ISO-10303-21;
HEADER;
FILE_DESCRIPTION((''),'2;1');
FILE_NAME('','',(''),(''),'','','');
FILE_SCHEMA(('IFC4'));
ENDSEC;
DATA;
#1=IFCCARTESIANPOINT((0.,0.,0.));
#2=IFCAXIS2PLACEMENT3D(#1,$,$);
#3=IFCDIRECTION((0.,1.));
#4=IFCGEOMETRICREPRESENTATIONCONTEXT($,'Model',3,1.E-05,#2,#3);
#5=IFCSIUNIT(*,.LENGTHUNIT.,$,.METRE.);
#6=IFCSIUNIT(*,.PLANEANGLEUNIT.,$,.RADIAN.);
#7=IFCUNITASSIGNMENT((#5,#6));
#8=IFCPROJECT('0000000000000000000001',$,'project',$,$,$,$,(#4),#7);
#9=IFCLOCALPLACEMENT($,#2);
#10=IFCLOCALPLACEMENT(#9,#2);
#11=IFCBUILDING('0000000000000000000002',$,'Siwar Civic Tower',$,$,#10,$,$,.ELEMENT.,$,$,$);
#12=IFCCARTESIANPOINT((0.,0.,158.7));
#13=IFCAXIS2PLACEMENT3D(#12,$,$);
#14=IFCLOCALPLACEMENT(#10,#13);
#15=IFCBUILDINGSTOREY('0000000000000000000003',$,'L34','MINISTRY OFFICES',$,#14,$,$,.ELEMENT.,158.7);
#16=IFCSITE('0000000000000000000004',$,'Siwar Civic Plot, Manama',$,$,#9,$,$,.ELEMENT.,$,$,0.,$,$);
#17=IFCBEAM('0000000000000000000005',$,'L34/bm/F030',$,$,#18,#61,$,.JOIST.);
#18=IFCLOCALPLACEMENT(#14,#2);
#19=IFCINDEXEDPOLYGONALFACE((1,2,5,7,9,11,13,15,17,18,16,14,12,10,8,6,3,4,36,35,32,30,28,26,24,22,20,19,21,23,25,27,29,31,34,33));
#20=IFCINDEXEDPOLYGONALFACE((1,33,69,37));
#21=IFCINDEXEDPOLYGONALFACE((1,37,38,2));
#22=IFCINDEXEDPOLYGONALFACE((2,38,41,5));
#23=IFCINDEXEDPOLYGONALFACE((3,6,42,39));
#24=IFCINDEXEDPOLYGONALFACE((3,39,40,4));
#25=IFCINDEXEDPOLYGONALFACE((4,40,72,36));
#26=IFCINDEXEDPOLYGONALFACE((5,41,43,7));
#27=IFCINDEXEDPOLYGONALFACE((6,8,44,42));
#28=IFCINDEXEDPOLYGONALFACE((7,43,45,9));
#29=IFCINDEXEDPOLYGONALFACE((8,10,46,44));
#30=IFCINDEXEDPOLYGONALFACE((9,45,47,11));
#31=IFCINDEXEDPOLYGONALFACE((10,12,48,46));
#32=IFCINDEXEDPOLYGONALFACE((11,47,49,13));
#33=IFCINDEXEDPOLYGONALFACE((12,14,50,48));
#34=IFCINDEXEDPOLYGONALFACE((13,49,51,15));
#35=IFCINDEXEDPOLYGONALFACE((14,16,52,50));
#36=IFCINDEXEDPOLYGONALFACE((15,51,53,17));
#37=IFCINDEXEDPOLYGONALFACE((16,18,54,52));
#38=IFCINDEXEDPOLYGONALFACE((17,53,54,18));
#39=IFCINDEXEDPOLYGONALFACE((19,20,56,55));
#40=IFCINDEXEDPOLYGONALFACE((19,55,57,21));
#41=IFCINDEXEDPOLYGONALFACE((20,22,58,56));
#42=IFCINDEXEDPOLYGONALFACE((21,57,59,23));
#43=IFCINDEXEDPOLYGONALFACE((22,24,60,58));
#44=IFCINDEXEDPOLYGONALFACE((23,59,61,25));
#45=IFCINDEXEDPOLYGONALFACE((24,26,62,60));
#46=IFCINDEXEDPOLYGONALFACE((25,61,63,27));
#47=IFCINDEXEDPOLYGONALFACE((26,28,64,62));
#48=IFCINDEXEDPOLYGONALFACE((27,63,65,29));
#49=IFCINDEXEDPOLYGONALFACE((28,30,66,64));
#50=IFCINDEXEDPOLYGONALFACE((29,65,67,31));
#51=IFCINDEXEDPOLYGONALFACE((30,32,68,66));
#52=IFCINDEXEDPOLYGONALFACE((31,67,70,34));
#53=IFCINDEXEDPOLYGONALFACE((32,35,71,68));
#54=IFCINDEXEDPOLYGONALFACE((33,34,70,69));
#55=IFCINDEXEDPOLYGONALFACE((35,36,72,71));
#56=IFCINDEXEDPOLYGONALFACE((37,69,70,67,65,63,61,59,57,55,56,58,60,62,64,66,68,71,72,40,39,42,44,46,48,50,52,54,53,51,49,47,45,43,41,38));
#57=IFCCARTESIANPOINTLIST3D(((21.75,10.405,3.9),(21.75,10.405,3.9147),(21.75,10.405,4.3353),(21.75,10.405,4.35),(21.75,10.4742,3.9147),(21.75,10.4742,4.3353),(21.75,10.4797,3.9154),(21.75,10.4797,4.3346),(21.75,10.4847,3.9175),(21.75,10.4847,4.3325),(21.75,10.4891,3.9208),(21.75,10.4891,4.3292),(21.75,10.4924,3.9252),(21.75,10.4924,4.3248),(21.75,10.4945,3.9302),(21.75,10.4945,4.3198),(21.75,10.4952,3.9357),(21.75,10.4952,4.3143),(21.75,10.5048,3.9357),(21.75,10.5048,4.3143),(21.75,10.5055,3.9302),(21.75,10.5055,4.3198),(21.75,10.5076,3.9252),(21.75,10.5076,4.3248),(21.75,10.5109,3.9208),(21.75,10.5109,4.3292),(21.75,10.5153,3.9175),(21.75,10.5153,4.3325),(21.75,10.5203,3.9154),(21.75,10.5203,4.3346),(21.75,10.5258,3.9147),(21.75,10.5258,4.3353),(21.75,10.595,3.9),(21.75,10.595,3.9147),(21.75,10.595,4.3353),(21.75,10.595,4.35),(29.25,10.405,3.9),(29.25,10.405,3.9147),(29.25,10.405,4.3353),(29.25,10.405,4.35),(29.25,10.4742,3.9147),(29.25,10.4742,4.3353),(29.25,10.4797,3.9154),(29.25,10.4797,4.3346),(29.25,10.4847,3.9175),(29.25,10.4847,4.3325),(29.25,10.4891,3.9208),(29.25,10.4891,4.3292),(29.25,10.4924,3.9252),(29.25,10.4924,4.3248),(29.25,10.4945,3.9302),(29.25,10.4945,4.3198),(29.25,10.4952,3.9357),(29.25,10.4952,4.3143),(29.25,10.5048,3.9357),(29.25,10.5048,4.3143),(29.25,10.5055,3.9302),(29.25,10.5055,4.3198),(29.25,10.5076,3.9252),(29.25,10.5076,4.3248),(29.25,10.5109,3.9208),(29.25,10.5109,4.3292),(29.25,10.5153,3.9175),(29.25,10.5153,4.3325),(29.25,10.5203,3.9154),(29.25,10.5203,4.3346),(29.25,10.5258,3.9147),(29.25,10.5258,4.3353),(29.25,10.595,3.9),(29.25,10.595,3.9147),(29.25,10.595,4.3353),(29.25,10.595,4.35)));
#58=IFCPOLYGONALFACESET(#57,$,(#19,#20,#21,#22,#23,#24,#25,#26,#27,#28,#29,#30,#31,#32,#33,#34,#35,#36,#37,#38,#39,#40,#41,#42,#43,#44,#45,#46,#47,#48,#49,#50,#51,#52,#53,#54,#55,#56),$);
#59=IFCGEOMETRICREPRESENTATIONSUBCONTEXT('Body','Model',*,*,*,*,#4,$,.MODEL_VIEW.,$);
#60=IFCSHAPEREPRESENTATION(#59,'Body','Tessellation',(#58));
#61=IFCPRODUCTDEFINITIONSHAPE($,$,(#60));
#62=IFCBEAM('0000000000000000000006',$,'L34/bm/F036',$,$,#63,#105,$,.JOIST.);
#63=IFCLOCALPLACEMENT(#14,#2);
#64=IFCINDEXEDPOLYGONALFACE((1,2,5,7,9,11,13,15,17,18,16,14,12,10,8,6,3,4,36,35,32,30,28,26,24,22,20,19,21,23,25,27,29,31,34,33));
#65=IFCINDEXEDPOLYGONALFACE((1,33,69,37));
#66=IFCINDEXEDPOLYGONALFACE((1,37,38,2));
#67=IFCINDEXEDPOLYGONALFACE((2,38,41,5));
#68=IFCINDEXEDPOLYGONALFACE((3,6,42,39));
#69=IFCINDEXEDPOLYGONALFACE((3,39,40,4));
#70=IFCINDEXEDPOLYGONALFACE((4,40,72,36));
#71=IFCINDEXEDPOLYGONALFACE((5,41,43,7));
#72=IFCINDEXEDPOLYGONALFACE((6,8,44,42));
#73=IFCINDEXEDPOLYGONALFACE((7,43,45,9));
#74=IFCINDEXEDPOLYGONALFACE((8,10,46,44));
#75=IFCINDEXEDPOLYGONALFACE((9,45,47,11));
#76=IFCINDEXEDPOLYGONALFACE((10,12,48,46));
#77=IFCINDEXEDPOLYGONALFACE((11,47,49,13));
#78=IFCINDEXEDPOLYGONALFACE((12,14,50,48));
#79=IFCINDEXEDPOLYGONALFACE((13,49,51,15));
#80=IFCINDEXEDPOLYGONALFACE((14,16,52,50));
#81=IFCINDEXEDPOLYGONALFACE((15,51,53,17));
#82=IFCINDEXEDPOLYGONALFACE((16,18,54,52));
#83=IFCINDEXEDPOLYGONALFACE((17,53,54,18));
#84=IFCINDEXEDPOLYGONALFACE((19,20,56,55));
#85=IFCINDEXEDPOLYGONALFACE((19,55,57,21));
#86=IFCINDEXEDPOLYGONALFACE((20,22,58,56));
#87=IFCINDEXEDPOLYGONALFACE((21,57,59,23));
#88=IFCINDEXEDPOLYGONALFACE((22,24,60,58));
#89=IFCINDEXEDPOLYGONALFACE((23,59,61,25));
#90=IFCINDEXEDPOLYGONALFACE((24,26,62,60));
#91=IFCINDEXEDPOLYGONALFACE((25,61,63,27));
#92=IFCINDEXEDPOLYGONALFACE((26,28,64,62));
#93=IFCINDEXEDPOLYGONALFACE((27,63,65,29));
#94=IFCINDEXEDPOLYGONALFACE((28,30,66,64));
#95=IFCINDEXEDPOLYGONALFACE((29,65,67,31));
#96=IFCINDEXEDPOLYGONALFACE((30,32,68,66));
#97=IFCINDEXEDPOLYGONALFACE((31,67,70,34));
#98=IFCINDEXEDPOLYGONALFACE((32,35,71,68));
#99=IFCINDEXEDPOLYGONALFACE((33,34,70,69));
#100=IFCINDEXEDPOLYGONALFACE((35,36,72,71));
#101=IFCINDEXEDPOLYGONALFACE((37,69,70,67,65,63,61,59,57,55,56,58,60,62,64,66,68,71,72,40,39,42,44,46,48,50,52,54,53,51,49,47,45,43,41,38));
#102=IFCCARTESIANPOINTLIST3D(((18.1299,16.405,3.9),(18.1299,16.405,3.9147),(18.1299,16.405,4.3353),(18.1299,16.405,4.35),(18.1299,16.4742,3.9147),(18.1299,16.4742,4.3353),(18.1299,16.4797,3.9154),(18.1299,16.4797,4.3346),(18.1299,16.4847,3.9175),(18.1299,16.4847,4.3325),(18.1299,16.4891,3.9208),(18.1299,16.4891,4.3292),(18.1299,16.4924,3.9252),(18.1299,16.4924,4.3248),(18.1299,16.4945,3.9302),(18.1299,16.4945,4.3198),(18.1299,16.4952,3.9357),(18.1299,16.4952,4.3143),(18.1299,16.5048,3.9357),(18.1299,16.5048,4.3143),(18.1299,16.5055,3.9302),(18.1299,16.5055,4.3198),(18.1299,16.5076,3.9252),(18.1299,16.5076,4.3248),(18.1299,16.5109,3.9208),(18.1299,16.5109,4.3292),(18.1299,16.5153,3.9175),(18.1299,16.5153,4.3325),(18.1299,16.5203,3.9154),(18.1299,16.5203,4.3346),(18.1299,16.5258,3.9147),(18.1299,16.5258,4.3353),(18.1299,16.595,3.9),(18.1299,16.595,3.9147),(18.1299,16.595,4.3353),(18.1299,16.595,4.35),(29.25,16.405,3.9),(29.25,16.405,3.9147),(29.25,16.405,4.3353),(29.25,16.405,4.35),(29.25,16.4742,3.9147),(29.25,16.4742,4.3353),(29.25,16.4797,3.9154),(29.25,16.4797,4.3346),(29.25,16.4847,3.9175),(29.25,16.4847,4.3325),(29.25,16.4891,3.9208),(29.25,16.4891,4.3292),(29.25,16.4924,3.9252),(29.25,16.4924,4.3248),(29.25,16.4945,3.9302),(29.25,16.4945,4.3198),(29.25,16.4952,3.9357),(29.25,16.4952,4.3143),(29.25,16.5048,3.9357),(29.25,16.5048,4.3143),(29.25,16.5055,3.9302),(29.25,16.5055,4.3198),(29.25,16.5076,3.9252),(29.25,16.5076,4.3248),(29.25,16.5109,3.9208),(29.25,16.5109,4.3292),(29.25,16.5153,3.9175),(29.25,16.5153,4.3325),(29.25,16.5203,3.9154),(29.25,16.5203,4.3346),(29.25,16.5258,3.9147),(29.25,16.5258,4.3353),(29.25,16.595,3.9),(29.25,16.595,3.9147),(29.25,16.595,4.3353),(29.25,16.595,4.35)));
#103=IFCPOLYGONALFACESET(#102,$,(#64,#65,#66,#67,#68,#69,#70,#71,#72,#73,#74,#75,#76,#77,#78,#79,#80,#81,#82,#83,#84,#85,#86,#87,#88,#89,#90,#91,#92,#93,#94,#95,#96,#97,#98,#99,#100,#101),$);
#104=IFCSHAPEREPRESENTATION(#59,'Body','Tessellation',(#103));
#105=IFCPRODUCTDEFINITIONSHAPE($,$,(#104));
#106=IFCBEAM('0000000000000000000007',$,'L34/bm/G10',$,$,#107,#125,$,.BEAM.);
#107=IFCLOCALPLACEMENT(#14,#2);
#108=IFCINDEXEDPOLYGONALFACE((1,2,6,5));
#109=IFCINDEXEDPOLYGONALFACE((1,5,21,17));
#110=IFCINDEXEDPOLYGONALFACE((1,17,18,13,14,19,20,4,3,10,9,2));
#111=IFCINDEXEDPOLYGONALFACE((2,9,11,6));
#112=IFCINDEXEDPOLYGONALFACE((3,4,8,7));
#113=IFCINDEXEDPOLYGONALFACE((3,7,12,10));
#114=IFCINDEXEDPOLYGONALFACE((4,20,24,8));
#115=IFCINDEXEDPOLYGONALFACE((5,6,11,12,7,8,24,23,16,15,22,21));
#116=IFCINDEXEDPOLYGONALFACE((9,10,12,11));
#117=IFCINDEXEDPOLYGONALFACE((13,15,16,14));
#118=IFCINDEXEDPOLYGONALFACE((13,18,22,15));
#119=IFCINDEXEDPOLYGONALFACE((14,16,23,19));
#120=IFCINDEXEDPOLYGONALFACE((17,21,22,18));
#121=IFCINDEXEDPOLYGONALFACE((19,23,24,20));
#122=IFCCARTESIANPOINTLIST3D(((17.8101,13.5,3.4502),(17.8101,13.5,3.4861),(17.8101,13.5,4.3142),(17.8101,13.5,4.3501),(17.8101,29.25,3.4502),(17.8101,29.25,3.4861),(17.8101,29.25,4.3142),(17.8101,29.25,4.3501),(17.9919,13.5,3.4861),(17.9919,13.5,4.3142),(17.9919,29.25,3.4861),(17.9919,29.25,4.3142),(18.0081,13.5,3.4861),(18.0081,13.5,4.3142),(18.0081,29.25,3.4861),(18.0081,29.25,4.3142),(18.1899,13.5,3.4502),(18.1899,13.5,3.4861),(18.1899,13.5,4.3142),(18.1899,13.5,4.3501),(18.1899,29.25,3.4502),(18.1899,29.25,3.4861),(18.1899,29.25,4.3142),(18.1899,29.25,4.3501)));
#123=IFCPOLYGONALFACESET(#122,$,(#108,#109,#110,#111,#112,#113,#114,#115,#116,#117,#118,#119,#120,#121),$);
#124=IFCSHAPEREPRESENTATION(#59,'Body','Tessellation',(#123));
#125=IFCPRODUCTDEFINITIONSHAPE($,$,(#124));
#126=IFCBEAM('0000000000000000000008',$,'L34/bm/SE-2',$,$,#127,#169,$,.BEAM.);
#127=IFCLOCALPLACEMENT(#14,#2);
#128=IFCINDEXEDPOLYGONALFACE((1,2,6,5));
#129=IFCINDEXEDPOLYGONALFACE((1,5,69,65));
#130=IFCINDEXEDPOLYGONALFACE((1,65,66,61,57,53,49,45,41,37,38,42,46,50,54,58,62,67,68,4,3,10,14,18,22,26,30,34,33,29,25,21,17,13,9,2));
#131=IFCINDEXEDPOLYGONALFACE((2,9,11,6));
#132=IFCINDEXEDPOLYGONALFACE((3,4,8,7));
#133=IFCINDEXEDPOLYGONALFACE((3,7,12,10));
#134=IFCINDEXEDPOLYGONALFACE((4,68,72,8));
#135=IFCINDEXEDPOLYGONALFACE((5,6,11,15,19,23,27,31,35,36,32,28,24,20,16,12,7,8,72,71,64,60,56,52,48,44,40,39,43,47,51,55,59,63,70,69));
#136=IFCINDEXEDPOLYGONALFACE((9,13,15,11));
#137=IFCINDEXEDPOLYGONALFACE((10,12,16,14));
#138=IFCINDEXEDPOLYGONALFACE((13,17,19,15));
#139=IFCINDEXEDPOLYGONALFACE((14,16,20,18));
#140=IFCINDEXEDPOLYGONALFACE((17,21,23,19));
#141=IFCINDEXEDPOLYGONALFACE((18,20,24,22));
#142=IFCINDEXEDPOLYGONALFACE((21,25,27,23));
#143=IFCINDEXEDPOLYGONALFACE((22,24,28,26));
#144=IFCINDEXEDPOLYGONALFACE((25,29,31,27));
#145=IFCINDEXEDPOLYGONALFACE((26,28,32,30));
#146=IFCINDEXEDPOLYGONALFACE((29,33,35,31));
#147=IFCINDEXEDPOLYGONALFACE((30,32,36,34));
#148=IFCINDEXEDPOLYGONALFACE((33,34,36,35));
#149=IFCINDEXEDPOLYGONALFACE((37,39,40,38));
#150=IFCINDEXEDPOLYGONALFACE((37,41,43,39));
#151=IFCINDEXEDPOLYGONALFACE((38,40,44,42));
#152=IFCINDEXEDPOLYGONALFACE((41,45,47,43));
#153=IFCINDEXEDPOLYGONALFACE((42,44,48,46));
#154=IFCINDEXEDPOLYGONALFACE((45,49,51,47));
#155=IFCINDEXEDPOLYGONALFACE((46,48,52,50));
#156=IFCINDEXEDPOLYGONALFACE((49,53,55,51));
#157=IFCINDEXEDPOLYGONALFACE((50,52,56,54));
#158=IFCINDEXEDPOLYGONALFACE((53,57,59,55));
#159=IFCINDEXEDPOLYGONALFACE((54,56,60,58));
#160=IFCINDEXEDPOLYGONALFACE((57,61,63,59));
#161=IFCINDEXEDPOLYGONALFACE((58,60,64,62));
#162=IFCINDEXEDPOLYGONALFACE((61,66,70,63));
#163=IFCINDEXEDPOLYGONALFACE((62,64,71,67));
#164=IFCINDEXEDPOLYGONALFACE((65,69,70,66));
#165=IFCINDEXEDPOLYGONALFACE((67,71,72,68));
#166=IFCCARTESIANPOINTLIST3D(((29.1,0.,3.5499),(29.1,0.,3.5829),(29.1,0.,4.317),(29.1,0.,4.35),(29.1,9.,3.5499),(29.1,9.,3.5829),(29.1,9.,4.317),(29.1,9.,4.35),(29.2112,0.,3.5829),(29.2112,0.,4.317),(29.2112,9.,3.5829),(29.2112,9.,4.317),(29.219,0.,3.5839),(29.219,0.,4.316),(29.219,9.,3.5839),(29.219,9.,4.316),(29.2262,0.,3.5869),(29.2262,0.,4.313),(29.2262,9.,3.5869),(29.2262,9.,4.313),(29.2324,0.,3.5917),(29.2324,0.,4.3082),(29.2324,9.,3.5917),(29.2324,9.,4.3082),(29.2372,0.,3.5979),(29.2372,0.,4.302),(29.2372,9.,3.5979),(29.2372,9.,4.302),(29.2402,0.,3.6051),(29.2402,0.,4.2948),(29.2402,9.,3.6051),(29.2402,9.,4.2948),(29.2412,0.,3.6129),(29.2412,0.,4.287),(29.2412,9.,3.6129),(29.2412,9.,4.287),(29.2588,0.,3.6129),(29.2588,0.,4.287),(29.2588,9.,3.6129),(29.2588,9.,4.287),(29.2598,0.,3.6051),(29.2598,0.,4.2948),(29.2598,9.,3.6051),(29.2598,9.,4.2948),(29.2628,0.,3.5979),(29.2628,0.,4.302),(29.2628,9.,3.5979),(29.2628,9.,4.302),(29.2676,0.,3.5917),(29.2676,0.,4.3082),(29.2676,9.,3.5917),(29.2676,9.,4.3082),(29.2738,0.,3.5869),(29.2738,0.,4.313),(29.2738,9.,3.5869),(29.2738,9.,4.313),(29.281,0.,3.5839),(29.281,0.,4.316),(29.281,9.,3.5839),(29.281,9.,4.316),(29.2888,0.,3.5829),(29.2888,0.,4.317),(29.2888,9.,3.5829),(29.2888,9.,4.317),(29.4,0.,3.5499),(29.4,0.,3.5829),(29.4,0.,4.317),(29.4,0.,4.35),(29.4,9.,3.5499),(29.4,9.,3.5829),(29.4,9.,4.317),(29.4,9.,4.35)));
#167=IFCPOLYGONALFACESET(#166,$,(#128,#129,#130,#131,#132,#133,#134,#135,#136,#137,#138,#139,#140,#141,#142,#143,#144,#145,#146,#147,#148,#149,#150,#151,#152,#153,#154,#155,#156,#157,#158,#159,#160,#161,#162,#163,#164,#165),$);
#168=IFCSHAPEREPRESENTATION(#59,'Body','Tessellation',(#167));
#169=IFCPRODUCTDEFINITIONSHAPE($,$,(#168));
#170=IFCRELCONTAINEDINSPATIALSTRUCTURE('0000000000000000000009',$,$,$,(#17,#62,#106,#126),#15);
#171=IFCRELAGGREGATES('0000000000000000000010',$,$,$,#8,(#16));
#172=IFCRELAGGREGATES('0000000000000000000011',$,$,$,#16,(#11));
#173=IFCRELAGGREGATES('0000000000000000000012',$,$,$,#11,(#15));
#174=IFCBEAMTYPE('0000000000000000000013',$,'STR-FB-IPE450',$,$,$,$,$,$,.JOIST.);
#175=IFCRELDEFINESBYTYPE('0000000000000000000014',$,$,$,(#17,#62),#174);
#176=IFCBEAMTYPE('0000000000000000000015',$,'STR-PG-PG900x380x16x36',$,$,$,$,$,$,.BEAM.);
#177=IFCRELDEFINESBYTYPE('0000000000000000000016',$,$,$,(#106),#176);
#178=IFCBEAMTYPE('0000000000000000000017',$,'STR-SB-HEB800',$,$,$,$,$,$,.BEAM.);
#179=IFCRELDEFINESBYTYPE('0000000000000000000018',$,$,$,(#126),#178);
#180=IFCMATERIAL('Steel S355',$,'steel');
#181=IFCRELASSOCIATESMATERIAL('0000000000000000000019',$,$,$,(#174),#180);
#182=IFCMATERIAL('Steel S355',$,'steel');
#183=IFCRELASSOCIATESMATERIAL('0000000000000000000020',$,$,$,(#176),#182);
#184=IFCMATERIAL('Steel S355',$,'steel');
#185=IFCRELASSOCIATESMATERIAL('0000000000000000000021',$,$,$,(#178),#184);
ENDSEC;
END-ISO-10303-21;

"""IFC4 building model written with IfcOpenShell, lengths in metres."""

from ifc_helpers import new_model, si_unit, direction, frame, origin, origin_2d, place, context, subcontext, project, spatial, i_section, extrude, material, material_profile, profile_set, type_object, element, save


model = new_model("IFC4")

# Units and contexts
model_context = context("Model", 3, precision=1e-05, world=origin(), true_north=direction((0.0, 1.0)))
body_context = subcontext(model_context, "Body", "Model", "MODEL_VIEW")
ifc_project = project(units=[si_unit("LENGTHUNIT", "METRE"), si_unit("PLANEANGLEUNIT", "RADIAN")], contexts=[model_context])

# Site, building, storey
site_placement = place(None, origin())
site = spatial("IfcSite", under=ifc_project, at=site_placement, Name="Siwar Civic Plot, Manama", CompositionType="ELEMENT", RefElevation=0.0)
building_placement = place(site_placement, origin())
building = spatial("IfcBuilding", under=site, at=building_placement, Name="Siwar Civic Tower", CompositionType="ELEMENT")
storey_placement = place(building_placement, frame((0.0, 0.0, 158.7)))
storey = spatial("IfcBuildingStorey", under=building, at=storey_placement, Name="L34", Description="MINISTRY OFFICES", CompositionType="ELEMENT", Elevation=158.7)

# Beams
ifc_material_1 = material(Name="Steel S355", Category="steel")
ifc_material_profile_1 = material_profile(ifc_material_1, i_section(OverallWidth=0.1899, OverallDepth=0.45, WebThickness=0.0095, FlangeThickness=0.0146, FilletRadius=0.021, at=origin_2d()), Name="IPE450")
ifc_profile_set_1 = profile_set([ifc_material_profile_1], Name="Steel S355")
beam_type_1 = type_object("IfcBeamType", Name="STR-FB-IPE450", PredefinedType="JOIST", material=ifc_profile_set_1)
for number, where, z_axis, x_axis, name in (
    (1, (21.75, 10.5, 4.125), (1.0, 0.0, 0.0), (0.0, 1.0, 0.0), "L34/bm/F030"),
):
    element("IfcBeam", number, at=place(storey_placement, frame(where, z_axis=z_axis, x_axis=x_axis)), inside=storey, type_object=beam_type_1, Name=name, PredefinedType="JOIST", context=body_context, shape_type="SweptSolid", body=[
        extrude(i_section(OverallWidth=0.1899, OverallDepth=0.45, WebThickness=0.0095, FlangeThickness=0.0146, FilletRadius=0.021, at=origin_2d()), origin(), (0.0, 0.0, 1.0), 7.5),
    ])
beam_1_placement = place(storey_placement, frame((18.1299, 16.5, 4.125), z_axis=(1.0, 0.0, 0.0), x_axis=(0.0, 1.0, 0.0)))
element("IfcBeam", 2, at=beam_1_placement, inside=storey, type_object=beam_type_1, Name="L34/bm/F036", PredefinedType="JOIST", context=body_context, shape_type="SweptSolid", body=[
    extrude(i_section(OverallWidth=0.1899, OverallDepth=0.45, WebThickness=0.0095, FlangeThickness=0.0146, FilletRadius=0.021, at=origin_2d()), origin(), (0.0, 0.0, 1.0), 11.1201),
])
ifc_material_2 = material(Name="Steel S355", Category="steel")
ifc_material_profile_2 = material_profile(ifc_material_2, i_section(OverallWidth=0.3799, OverallDepth=0.8999, WebThickness=0.0161, FlangeThickness=0.0359, at=origin_2d()), Name="PG900x380x16x36")
ifc_profile_set_2 = profile_set([ifc_material_profile_2], Name="Steel S355")
beam_type_2 = type_object("IfcBeamType", Name="STR-PG-PG900x380x16x36", PredefinedType="BEAM", material=ifc_profile_set_2)
beam_2_placement = place(storey_placement, frame((18.0, 13.5, 3.9001), z_axis=(0.0, 1.0, 0.0), x_axis=(-1.0, 0.0, 0.0)))
element("IfcBeam", 3, at=beam_2_placement, inside=storey, type_object=beam_type_2, Name="L34/bm/G10", PredefinedType="BEAM", context=body_context, shape_type="SweptSolid", body=[
    extrude(i_section(OverallWidth=0.3799, OverallDepth=0.8999, WebThickness=0.0161, FlangeThickness=0.0359, at=origin_2d()), origin(), (0.0, 0.0, 1.0), 15.75),
])
ifc_material_3 = material(Name="Steel S355", Category="steel")
ifc_material_profile_3 = material_profile(ifc_material_3, i_section(OverallWidth=0.3, OverallDepth=0.8, WebThickness=0.0176, FlangeThickness=0.033, FilletRadius=0.03, at=origin_2d()), Name="HEB800")
ifc_profile_set_3 = profile_set([ifc_material_profile_3], Name="Steel S355")
beam_type_3 = type_object("IfcBeamType", Name="STR-SB-HEB800", PredefinedType="BEAM", material=ifc_profile_set_3)
for number, where, z_axis, x_axis, name in (
    (4, (29.25, 0.0, 3.95), (0.0, 1.0, 0.0), (-1.0, 0.0, 0.0), "L34/bm/SE-2"),
):
    element("IfcBeam", number, at=place(storey_placement, frame(where, z_axis=z_axis, x_axis=x_axis)), inside=storey, type_object=beam_type_3, Name=name, PredefinedType="BEAM", context=body_context, shape_type="SweptSolid", body=[
        extrude(i_section(OverallWidth=0.3, OverallDepth=0.8, WebThickness=0.0176, FlangeThickness=0.033, FilletRadius=0.03, at=origin_2d()), origin(), (0.0, 0.0, 1.0), 9.0),
    ])

save(model, "model.ifc")
